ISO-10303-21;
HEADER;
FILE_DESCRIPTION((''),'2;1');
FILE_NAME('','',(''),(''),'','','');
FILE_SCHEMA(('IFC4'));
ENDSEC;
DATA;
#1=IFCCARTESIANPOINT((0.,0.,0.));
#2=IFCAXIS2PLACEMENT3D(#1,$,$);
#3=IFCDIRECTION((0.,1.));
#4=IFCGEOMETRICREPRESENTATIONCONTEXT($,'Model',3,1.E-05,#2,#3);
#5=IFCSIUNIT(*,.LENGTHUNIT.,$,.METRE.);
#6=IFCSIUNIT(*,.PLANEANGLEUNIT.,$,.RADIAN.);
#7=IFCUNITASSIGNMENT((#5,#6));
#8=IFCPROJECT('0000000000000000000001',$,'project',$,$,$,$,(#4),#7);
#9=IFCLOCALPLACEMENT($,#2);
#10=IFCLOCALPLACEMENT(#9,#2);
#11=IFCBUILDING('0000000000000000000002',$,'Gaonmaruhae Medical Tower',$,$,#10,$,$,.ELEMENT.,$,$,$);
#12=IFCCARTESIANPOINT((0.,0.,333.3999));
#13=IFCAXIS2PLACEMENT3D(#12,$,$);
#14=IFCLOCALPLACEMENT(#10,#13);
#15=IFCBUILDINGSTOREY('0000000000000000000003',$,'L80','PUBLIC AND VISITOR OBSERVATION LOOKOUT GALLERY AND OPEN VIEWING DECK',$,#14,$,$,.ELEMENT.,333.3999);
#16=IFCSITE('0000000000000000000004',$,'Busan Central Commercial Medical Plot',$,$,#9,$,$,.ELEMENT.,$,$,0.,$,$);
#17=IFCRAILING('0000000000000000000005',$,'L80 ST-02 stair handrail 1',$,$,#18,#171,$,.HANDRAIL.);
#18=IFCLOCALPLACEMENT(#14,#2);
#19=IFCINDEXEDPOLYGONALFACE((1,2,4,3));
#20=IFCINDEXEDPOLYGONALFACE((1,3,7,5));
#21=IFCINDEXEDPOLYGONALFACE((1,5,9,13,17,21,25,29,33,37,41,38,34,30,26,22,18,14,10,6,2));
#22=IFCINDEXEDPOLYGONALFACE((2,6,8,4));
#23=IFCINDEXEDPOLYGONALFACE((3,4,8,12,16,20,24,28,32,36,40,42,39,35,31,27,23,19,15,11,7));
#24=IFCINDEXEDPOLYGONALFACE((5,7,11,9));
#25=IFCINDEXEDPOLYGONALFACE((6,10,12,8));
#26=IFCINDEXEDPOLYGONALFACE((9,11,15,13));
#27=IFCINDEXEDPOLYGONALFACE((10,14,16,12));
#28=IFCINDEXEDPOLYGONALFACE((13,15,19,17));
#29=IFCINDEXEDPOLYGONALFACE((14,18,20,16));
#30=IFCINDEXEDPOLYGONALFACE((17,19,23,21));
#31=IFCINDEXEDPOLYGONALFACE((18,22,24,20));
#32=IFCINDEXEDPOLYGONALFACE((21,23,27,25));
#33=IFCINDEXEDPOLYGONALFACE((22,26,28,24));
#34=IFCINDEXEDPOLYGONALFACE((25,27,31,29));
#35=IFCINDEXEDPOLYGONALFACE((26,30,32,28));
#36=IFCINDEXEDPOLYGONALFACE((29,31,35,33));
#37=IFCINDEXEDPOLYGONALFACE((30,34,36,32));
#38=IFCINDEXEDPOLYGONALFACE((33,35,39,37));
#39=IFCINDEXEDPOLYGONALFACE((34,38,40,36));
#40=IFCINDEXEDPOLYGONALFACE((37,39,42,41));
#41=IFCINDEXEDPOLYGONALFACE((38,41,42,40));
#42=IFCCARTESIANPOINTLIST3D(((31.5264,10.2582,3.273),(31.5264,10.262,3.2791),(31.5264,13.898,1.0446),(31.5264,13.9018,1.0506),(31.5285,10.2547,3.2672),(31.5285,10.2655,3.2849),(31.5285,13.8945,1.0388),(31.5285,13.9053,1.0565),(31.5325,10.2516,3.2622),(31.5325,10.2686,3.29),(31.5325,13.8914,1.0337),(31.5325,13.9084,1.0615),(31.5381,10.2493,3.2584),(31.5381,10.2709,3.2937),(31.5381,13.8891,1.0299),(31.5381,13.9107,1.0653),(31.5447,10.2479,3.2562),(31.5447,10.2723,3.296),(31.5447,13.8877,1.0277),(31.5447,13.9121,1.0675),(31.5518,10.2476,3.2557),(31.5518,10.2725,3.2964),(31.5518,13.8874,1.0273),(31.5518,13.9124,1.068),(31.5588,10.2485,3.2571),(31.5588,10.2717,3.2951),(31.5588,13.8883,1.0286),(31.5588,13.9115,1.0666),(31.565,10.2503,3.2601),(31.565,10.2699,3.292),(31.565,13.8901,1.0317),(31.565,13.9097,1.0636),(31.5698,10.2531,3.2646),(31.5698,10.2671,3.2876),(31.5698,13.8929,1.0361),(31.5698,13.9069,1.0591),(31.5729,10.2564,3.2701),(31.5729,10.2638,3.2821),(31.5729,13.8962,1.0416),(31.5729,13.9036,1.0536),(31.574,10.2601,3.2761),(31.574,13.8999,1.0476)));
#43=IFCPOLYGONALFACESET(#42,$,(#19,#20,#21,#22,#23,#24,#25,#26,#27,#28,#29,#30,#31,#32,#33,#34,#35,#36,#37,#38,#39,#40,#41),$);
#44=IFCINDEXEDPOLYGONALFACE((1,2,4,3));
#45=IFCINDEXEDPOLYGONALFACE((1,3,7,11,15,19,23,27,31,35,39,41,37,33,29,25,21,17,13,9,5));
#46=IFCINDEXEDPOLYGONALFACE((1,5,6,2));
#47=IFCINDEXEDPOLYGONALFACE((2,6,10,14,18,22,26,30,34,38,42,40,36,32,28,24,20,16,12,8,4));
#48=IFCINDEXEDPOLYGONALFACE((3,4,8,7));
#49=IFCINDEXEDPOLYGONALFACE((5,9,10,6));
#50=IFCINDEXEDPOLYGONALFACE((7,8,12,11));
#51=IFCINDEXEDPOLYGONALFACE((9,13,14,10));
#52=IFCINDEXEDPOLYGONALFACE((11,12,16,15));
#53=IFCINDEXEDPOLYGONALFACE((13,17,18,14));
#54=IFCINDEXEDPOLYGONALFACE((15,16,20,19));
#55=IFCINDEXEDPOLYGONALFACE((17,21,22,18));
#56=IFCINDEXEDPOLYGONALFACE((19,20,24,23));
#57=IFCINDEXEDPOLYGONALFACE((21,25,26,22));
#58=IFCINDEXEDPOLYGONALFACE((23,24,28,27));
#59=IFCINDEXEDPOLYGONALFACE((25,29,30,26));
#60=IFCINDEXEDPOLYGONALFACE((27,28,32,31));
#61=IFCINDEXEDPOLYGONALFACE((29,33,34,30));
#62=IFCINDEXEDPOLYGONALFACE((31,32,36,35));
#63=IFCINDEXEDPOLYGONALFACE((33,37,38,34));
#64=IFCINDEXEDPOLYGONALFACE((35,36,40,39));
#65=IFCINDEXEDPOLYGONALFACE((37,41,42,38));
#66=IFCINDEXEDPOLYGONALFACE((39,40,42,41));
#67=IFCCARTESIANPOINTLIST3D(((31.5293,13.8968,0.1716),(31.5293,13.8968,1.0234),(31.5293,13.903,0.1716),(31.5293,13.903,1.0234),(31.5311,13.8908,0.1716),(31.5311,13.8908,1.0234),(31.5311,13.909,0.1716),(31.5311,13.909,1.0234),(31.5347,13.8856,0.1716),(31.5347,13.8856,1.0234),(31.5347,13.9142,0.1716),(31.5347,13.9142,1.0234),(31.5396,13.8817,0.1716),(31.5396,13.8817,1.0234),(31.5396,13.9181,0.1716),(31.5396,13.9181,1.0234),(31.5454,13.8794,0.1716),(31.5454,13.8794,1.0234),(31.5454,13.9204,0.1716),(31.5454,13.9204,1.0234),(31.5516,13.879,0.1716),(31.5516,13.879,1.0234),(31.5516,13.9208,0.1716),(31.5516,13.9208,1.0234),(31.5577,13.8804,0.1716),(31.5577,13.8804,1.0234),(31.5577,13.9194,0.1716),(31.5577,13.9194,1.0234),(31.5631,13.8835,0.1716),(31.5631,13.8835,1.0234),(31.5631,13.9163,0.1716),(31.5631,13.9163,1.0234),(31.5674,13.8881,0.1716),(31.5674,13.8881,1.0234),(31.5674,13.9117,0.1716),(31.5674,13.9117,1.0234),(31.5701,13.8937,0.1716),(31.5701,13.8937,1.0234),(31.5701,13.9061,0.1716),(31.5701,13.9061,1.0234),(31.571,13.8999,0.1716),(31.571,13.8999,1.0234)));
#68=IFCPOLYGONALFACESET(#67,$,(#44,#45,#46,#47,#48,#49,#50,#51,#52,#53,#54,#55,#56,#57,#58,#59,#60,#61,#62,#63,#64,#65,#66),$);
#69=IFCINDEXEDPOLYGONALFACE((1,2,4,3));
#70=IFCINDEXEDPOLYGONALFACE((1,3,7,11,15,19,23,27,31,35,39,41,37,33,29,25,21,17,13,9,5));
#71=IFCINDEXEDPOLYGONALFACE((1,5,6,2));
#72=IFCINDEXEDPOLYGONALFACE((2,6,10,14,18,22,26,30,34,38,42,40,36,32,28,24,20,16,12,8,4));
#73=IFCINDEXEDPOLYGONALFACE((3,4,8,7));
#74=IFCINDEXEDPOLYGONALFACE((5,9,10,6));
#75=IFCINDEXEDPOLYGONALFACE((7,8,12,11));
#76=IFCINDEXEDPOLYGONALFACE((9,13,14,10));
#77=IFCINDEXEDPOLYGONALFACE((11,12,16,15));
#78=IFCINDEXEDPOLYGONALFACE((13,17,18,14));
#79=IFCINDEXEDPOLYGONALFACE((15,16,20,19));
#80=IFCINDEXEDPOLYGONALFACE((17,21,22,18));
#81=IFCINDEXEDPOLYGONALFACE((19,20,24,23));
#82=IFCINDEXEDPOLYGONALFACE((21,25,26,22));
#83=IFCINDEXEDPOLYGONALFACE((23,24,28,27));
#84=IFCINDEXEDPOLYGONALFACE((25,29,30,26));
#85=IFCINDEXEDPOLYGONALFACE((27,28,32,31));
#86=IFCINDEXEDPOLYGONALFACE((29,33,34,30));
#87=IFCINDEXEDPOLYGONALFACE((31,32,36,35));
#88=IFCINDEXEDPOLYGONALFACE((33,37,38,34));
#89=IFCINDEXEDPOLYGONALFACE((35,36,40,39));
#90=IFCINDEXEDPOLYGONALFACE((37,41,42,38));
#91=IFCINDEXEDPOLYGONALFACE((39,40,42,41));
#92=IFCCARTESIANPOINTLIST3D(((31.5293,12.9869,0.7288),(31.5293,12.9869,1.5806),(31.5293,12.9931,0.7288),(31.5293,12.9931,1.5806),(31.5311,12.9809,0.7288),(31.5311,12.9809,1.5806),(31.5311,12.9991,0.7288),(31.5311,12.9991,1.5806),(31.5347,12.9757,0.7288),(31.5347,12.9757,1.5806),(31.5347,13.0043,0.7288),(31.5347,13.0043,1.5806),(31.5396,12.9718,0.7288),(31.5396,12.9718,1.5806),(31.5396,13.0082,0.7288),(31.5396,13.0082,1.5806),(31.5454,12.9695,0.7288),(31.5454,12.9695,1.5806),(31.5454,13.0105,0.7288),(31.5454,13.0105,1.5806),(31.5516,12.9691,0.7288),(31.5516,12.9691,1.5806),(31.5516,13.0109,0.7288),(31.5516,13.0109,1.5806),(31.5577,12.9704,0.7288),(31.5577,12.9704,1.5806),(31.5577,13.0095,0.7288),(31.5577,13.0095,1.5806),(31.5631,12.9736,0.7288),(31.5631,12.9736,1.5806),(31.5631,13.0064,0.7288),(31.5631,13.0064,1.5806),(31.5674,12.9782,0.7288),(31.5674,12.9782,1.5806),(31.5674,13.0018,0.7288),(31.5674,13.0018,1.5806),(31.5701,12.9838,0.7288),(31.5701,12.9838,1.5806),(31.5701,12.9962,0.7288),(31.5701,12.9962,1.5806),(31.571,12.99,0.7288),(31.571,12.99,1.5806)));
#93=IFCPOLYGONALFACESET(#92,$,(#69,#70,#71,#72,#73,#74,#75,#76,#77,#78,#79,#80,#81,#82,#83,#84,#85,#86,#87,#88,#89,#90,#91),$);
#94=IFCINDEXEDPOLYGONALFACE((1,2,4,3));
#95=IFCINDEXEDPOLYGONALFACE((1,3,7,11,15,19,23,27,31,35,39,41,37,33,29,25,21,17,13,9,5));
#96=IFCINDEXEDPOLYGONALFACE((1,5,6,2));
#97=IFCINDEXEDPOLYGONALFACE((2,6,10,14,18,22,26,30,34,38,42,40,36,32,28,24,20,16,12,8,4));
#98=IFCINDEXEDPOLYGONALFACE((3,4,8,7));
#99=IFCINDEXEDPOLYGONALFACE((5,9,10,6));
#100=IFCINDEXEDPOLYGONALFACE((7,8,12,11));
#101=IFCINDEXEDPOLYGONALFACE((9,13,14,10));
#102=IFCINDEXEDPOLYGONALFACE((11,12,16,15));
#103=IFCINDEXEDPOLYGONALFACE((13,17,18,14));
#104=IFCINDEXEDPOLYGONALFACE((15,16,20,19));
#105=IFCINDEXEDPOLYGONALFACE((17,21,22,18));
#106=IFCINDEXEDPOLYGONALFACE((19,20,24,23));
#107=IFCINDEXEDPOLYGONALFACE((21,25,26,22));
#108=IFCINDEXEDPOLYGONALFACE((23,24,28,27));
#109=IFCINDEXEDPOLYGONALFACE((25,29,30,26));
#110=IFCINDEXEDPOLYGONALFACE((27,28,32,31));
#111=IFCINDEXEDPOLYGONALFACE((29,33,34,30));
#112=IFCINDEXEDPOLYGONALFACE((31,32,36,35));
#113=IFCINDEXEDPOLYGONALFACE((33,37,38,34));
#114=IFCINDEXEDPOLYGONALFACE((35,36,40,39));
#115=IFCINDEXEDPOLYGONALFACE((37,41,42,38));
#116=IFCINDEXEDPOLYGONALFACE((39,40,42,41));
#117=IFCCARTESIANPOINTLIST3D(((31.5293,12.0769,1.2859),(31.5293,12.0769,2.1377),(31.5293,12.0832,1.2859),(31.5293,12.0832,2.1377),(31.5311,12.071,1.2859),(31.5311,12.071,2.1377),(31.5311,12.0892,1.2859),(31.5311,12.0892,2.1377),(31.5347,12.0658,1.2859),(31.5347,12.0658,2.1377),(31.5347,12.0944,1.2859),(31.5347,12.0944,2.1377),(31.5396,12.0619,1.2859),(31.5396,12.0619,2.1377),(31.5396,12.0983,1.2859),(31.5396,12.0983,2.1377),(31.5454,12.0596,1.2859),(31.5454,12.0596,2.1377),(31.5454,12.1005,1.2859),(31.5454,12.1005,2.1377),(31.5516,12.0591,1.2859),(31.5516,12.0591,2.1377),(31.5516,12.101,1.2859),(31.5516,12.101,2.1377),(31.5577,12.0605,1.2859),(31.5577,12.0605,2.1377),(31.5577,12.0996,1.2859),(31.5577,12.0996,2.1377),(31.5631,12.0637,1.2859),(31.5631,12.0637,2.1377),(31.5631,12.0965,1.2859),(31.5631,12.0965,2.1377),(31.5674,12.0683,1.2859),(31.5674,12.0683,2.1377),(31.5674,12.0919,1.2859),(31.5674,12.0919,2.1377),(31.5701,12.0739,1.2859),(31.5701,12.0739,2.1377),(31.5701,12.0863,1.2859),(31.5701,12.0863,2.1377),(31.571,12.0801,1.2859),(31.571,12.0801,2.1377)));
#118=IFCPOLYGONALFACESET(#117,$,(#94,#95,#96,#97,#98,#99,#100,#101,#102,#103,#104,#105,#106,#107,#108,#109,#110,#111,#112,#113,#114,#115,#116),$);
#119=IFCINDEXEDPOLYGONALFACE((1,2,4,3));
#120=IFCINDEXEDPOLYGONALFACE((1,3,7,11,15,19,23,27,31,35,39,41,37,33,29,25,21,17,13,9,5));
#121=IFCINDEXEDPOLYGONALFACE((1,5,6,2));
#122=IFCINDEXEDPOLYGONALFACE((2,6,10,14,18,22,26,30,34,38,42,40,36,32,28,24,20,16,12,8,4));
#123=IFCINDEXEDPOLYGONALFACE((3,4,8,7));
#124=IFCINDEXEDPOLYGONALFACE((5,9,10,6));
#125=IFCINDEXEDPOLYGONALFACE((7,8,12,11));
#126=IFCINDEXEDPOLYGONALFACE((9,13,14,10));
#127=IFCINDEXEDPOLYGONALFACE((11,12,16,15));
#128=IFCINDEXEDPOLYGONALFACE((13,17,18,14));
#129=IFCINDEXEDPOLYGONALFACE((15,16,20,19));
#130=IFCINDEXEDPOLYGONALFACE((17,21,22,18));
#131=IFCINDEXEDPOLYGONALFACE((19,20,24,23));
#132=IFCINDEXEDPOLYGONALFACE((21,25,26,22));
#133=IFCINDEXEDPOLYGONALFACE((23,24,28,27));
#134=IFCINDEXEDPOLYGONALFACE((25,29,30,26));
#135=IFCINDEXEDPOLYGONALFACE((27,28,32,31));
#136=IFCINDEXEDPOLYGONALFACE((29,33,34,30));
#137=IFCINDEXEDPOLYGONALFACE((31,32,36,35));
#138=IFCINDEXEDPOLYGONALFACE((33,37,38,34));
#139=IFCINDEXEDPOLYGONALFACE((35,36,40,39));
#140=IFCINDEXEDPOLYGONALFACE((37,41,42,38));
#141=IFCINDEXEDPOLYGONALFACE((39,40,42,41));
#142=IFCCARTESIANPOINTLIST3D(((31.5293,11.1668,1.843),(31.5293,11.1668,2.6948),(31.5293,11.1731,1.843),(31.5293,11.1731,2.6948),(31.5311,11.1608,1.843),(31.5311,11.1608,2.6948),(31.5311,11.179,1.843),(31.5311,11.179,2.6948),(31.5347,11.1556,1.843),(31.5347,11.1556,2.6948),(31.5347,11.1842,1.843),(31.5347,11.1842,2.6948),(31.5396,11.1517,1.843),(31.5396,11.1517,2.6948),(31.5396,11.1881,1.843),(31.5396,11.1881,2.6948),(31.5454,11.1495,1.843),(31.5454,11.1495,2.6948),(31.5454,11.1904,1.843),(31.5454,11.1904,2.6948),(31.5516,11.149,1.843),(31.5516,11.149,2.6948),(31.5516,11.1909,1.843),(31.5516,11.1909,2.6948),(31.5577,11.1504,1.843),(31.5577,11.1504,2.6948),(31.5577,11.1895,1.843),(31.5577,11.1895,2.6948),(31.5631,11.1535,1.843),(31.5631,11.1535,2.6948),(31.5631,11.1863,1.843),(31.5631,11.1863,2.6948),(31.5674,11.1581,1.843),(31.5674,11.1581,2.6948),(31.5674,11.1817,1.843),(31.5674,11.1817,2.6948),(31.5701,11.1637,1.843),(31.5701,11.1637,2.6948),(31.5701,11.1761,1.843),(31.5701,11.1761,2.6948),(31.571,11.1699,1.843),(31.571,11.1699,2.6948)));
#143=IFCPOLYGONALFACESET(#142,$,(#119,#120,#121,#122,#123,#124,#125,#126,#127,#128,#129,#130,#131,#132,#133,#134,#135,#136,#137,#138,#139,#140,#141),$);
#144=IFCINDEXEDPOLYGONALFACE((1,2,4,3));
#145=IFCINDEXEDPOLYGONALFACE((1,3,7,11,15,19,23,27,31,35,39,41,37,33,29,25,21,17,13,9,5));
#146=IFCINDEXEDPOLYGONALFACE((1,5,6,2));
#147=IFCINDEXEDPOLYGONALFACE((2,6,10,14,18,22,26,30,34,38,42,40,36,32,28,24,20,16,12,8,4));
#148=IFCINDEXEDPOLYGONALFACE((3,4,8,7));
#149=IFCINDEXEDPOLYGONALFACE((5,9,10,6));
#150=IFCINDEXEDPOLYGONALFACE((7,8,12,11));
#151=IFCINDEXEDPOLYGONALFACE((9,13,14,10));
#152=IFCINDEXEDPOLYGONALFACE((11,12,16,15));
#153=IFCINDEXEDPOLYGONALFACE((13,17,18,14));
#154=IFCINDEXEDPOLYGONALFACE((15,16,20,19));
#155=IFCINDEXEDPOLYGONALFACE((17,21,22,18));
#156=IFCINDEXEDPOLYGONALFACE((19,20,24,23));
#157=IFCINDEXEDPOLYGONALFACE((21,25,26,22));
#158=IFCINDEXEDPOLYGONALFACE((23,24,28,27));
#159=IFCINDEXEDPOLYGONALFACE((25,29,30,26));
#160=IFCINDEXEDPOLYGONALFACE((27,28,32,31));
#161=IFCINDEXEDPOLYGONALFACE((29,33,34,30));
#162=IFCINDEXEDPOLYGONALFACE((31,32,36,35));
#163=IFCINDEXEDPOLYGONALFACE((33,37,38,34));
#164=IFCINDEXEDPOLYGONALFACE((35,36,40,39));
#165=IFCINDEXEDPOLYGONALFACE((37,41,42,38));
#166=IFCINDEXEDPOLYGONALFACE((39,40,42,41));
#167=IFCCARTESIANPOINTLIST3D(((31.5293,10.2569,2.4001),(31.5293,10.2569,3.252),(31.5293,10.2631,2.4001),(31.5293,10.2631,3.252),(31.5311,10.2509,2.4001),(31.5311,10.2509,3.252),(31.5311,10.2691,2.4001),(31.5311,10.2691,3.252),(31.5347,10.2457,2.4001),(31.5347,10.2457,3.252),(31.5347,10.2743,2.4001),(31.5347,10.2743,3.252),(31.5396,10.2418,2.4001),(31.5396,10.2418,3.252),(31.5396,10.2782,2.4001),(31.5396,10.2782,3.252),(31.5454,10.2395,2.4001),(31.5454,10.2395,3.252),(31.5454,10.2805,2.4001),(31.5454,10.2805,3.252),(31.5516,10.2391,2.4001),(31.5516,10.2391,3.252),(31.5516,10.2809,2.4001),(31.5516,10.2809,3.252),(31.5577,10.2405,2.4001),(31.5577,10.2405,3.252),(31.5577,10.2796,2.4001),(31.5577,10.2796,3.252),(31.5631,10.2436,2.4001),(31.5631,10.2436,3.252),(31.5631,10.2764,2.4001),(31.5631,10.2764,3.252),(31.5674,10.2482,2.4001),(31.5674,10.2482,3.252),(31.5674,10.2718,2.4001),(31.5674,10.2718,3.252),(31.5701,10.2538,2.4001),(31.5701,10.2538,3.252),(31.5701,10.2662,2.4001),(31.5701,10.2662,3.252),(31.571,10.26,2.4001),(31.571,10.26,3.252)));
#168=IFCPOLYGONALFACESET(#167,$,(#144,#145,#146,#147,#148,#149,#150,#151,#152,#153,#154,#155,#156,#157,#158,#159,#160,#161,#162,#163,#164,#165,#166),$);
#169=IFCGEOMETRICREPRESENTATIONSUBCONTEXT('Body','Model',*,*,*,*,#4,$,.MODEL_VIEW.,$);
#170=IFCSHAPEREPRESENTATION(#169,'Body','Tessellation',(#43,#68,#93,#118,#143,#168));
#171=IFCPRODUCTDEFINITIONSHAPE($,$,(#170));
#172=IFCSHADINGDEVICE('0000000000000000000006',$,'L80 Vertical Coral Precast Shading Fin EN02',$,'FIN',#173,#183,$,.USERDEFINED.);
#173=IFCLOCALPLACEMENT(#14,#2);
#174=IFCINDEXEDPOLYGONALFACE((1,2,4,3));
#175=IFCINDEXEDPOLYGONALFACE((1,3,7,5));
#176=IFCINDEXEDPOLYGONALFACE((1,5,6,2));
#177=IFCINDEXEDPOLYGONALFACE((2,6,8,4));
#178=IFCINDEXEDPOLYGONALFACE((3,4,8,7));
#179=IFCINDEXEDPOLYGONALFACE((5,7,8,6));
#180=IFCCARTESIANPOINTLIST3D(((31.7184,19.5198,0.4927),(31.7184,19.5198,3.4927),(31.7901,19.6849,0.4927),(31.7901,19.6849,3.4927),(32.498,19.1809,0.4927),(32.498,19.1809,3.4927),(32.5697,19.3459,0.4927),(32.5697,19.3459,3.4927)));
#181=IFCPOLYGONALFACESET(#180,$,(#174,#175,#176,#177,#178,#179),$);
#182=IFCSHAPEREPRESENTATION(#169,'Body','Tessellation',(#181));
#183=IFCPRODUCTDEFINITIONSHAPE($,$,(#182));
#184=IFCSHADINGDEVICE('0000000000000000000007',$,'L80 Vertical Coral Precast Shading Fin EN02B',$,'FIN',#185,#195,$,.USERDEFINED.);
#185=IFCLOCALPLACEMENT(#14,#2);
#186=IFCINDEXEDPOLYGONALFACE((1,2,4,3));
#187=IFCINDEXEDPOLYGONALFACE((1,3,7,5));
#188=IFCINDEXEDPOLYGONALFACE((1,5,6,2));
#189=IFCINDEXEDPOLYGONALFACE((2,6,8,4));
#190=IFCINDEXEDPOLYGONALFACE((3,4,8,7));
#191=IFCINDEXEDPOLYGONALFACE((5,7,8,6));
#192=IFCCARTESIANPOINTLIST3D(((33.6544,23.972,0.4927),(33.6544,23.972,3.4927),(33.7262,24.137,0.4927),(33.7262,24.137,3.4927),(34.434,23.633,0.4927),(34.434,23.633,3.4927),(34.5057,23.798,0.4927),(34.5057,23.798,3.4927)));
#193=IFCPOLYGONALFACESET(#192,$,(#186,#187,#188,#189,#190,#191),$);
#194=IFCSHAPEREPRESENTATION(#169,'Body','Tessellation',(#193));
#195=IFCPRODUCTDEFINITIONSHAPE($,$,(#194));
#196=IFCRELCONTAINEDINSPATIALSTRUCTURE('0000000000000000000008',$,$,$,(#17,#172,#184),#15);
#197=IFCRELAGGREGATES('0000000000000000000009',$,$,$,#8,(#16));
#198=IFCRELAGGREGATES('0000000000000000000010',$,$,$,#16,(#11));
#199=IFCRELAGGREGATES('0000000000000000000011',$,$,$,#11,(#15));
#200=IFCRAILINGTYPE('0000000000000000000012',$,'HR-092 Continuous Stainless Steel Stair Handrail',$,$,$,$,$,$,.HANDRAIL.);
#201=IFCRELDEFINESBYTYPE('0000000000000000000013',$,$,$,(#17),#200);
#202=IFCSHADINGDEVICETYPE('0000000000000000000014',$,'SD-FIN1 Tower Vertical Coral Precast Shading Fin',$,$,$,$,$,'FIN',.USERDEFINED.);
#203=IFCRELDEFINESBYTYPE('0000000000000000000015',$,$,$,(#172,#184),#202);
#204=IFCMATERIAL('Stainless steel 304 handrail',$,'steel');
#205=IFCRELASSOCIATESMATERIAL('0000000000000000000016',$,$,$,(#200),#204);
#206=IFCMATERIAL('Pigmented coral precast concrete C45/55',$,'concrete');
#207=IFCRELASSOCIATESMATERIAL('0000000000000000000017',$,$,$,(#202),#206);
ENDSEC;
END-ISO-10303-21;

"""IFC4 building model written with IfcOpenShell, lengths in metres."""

from ifc_helpers import new_model, si_unit, direction, frame, origin, origin_2d, place, context, subcontext, project, spatial, rectangle, circle, extrude, material, type_object, element, save


model = new_model("IFC4")

# Units and contexts
model_context = context("Model", 3, precision=1e-05, world=origin(), true_north=direction((0.0, 1.0)))
body_context = subcontext(model_context, "Body", "Model", "MODEL_VIEW")
ifc_project = project(units=[si_unit("LENGTHUNIT", "METRE"), si_unit("PLANEANGLEUNIT", "RADIAN")], contexts=[model_context])

# Site, building, storey
site_placement = place(None, origin())
site = spatial("IfcSite", under=ifc_project, at=site_placement, Name="Busan Central Commercial Medical Plot", CompositionType="ELEMENT", RefElevation=0.0)
building_placement = place(site_placement, origin())
building = spatial("IfcBuilding", under=site, at=building_placement, Name="Gaonmaruhae Medical Tower", CompositionType="ELEMENT")
storey_placement = place(building_placement, frame((0.0, 0.0, 333.3999)))
storey = spatial("IfcBuildingStorey", under=building, at=storey_placement, Name="L80", Description="PUBLIC AND VISITOR OBSERVATION LOOKOUT GALLERY AND OPEN VIEWING DECK", CompositionType="ELEMENT", Elevation=333.3999)

# Railing
ifc_material_1 = material(Name="Stainless steel 304 handrail", Category="steel")
railing_type_1 = type_object("IfcRailingType", Name="HR-092 Continuous Stainless Steel Stair Handrail", PredefinedType="HANDRAIL", material=ifc_material_1)
railing_1_placement = place(storey_placement, frame((31.55, 13.8999, 0.1716)))
element("IfcRailing", 1, at=railing_1_placement, inside=storey, type_object=railing_type_1, Name="L80 ST-02 stair handrail 1", PredefinedType="HANDRAIL", context=body_context, shape_type="SweptSolid", body=[
    extrude(circle(Radius=0.0239, at=origin_2d()), frame((0.0, 0.0, 0.876), z_axis=(0.0, -0.85285, 0.522156), x_axis=(1.0, 0.0, 0.0)), (0.0, 0.0, 1.0), 4.2678),
    extrude(circle(Radius=0.021, at=origin_2d()), origin(), (0.0, 0.0, 1.0), 0.8518),
    extrude(circle(Radius=0.021, at=origin_2d()), frame((0.0, -0.9099, 0.5571)), (0.0, 0.0, 1.0), 0.8518),
    extrude(circle(Radius=0.021, at=origin_2d()), frame((0.0, -1.8198, 1.1143)), (0.0, 0.0, 1.0), 0.8518),
    extrude(circle(Radius=0.021, at=origin_2d()), frame((0.0, -2.73, 1.6714)), (0.0, 0.0, 1.0), 0.8518),
    extrude(circle(Radius=0.021, at=origin_2d()), frame((0.0, -3.6399, 2.2285)), (0.0, 0.0, 1.0), 0.8518),
])

# Shading devices
ifc_material_2 = material(Name="Pigmented coral precast concrete C45/55", Category="concrete")
shading_device_type = type_object("IfcShadingDeviceType", Name="SD-FIN1 Tower Vertical Coral Precast Shading Fin", ElementType="FIN", PredefinedType="USERDEFINED", material=ifc_material_2)
for number, where, z_axis, x_axis, name in (
    (2, (32.144, 19.4329, 0.4927), (0.0, 0.0, 1.0), (0.398749, 0.91706, 0.0), "L80 Vertical Coral Precast Shading Fin EN02"),
    (3, (34.0801, 23.885, 0.4927), (0.0, 0.0, 1.0), (0.398749, 0.91706, 0.0), "L80 Vertical Coral Precast Shading Fin EN02B"),
):
    element("IfcShadingDevice", number, at=place(storey_placement, frame(where, z_axis=z_axis, x_axis=x_axis)), inside=storey, type_object=shading_device_type, Name=name, ObjectType="FIN", PredefinedType="USERDEFINED", context=body_context, shape_type="SweptSolid", body=[
        extrude(rectangle(XDim=0.1799, YDim=0.8501, at=origin_2d()), origin(), (0.0, 0.0, 1.0), 3.0),
    ])

save(model, "model.ifc")
